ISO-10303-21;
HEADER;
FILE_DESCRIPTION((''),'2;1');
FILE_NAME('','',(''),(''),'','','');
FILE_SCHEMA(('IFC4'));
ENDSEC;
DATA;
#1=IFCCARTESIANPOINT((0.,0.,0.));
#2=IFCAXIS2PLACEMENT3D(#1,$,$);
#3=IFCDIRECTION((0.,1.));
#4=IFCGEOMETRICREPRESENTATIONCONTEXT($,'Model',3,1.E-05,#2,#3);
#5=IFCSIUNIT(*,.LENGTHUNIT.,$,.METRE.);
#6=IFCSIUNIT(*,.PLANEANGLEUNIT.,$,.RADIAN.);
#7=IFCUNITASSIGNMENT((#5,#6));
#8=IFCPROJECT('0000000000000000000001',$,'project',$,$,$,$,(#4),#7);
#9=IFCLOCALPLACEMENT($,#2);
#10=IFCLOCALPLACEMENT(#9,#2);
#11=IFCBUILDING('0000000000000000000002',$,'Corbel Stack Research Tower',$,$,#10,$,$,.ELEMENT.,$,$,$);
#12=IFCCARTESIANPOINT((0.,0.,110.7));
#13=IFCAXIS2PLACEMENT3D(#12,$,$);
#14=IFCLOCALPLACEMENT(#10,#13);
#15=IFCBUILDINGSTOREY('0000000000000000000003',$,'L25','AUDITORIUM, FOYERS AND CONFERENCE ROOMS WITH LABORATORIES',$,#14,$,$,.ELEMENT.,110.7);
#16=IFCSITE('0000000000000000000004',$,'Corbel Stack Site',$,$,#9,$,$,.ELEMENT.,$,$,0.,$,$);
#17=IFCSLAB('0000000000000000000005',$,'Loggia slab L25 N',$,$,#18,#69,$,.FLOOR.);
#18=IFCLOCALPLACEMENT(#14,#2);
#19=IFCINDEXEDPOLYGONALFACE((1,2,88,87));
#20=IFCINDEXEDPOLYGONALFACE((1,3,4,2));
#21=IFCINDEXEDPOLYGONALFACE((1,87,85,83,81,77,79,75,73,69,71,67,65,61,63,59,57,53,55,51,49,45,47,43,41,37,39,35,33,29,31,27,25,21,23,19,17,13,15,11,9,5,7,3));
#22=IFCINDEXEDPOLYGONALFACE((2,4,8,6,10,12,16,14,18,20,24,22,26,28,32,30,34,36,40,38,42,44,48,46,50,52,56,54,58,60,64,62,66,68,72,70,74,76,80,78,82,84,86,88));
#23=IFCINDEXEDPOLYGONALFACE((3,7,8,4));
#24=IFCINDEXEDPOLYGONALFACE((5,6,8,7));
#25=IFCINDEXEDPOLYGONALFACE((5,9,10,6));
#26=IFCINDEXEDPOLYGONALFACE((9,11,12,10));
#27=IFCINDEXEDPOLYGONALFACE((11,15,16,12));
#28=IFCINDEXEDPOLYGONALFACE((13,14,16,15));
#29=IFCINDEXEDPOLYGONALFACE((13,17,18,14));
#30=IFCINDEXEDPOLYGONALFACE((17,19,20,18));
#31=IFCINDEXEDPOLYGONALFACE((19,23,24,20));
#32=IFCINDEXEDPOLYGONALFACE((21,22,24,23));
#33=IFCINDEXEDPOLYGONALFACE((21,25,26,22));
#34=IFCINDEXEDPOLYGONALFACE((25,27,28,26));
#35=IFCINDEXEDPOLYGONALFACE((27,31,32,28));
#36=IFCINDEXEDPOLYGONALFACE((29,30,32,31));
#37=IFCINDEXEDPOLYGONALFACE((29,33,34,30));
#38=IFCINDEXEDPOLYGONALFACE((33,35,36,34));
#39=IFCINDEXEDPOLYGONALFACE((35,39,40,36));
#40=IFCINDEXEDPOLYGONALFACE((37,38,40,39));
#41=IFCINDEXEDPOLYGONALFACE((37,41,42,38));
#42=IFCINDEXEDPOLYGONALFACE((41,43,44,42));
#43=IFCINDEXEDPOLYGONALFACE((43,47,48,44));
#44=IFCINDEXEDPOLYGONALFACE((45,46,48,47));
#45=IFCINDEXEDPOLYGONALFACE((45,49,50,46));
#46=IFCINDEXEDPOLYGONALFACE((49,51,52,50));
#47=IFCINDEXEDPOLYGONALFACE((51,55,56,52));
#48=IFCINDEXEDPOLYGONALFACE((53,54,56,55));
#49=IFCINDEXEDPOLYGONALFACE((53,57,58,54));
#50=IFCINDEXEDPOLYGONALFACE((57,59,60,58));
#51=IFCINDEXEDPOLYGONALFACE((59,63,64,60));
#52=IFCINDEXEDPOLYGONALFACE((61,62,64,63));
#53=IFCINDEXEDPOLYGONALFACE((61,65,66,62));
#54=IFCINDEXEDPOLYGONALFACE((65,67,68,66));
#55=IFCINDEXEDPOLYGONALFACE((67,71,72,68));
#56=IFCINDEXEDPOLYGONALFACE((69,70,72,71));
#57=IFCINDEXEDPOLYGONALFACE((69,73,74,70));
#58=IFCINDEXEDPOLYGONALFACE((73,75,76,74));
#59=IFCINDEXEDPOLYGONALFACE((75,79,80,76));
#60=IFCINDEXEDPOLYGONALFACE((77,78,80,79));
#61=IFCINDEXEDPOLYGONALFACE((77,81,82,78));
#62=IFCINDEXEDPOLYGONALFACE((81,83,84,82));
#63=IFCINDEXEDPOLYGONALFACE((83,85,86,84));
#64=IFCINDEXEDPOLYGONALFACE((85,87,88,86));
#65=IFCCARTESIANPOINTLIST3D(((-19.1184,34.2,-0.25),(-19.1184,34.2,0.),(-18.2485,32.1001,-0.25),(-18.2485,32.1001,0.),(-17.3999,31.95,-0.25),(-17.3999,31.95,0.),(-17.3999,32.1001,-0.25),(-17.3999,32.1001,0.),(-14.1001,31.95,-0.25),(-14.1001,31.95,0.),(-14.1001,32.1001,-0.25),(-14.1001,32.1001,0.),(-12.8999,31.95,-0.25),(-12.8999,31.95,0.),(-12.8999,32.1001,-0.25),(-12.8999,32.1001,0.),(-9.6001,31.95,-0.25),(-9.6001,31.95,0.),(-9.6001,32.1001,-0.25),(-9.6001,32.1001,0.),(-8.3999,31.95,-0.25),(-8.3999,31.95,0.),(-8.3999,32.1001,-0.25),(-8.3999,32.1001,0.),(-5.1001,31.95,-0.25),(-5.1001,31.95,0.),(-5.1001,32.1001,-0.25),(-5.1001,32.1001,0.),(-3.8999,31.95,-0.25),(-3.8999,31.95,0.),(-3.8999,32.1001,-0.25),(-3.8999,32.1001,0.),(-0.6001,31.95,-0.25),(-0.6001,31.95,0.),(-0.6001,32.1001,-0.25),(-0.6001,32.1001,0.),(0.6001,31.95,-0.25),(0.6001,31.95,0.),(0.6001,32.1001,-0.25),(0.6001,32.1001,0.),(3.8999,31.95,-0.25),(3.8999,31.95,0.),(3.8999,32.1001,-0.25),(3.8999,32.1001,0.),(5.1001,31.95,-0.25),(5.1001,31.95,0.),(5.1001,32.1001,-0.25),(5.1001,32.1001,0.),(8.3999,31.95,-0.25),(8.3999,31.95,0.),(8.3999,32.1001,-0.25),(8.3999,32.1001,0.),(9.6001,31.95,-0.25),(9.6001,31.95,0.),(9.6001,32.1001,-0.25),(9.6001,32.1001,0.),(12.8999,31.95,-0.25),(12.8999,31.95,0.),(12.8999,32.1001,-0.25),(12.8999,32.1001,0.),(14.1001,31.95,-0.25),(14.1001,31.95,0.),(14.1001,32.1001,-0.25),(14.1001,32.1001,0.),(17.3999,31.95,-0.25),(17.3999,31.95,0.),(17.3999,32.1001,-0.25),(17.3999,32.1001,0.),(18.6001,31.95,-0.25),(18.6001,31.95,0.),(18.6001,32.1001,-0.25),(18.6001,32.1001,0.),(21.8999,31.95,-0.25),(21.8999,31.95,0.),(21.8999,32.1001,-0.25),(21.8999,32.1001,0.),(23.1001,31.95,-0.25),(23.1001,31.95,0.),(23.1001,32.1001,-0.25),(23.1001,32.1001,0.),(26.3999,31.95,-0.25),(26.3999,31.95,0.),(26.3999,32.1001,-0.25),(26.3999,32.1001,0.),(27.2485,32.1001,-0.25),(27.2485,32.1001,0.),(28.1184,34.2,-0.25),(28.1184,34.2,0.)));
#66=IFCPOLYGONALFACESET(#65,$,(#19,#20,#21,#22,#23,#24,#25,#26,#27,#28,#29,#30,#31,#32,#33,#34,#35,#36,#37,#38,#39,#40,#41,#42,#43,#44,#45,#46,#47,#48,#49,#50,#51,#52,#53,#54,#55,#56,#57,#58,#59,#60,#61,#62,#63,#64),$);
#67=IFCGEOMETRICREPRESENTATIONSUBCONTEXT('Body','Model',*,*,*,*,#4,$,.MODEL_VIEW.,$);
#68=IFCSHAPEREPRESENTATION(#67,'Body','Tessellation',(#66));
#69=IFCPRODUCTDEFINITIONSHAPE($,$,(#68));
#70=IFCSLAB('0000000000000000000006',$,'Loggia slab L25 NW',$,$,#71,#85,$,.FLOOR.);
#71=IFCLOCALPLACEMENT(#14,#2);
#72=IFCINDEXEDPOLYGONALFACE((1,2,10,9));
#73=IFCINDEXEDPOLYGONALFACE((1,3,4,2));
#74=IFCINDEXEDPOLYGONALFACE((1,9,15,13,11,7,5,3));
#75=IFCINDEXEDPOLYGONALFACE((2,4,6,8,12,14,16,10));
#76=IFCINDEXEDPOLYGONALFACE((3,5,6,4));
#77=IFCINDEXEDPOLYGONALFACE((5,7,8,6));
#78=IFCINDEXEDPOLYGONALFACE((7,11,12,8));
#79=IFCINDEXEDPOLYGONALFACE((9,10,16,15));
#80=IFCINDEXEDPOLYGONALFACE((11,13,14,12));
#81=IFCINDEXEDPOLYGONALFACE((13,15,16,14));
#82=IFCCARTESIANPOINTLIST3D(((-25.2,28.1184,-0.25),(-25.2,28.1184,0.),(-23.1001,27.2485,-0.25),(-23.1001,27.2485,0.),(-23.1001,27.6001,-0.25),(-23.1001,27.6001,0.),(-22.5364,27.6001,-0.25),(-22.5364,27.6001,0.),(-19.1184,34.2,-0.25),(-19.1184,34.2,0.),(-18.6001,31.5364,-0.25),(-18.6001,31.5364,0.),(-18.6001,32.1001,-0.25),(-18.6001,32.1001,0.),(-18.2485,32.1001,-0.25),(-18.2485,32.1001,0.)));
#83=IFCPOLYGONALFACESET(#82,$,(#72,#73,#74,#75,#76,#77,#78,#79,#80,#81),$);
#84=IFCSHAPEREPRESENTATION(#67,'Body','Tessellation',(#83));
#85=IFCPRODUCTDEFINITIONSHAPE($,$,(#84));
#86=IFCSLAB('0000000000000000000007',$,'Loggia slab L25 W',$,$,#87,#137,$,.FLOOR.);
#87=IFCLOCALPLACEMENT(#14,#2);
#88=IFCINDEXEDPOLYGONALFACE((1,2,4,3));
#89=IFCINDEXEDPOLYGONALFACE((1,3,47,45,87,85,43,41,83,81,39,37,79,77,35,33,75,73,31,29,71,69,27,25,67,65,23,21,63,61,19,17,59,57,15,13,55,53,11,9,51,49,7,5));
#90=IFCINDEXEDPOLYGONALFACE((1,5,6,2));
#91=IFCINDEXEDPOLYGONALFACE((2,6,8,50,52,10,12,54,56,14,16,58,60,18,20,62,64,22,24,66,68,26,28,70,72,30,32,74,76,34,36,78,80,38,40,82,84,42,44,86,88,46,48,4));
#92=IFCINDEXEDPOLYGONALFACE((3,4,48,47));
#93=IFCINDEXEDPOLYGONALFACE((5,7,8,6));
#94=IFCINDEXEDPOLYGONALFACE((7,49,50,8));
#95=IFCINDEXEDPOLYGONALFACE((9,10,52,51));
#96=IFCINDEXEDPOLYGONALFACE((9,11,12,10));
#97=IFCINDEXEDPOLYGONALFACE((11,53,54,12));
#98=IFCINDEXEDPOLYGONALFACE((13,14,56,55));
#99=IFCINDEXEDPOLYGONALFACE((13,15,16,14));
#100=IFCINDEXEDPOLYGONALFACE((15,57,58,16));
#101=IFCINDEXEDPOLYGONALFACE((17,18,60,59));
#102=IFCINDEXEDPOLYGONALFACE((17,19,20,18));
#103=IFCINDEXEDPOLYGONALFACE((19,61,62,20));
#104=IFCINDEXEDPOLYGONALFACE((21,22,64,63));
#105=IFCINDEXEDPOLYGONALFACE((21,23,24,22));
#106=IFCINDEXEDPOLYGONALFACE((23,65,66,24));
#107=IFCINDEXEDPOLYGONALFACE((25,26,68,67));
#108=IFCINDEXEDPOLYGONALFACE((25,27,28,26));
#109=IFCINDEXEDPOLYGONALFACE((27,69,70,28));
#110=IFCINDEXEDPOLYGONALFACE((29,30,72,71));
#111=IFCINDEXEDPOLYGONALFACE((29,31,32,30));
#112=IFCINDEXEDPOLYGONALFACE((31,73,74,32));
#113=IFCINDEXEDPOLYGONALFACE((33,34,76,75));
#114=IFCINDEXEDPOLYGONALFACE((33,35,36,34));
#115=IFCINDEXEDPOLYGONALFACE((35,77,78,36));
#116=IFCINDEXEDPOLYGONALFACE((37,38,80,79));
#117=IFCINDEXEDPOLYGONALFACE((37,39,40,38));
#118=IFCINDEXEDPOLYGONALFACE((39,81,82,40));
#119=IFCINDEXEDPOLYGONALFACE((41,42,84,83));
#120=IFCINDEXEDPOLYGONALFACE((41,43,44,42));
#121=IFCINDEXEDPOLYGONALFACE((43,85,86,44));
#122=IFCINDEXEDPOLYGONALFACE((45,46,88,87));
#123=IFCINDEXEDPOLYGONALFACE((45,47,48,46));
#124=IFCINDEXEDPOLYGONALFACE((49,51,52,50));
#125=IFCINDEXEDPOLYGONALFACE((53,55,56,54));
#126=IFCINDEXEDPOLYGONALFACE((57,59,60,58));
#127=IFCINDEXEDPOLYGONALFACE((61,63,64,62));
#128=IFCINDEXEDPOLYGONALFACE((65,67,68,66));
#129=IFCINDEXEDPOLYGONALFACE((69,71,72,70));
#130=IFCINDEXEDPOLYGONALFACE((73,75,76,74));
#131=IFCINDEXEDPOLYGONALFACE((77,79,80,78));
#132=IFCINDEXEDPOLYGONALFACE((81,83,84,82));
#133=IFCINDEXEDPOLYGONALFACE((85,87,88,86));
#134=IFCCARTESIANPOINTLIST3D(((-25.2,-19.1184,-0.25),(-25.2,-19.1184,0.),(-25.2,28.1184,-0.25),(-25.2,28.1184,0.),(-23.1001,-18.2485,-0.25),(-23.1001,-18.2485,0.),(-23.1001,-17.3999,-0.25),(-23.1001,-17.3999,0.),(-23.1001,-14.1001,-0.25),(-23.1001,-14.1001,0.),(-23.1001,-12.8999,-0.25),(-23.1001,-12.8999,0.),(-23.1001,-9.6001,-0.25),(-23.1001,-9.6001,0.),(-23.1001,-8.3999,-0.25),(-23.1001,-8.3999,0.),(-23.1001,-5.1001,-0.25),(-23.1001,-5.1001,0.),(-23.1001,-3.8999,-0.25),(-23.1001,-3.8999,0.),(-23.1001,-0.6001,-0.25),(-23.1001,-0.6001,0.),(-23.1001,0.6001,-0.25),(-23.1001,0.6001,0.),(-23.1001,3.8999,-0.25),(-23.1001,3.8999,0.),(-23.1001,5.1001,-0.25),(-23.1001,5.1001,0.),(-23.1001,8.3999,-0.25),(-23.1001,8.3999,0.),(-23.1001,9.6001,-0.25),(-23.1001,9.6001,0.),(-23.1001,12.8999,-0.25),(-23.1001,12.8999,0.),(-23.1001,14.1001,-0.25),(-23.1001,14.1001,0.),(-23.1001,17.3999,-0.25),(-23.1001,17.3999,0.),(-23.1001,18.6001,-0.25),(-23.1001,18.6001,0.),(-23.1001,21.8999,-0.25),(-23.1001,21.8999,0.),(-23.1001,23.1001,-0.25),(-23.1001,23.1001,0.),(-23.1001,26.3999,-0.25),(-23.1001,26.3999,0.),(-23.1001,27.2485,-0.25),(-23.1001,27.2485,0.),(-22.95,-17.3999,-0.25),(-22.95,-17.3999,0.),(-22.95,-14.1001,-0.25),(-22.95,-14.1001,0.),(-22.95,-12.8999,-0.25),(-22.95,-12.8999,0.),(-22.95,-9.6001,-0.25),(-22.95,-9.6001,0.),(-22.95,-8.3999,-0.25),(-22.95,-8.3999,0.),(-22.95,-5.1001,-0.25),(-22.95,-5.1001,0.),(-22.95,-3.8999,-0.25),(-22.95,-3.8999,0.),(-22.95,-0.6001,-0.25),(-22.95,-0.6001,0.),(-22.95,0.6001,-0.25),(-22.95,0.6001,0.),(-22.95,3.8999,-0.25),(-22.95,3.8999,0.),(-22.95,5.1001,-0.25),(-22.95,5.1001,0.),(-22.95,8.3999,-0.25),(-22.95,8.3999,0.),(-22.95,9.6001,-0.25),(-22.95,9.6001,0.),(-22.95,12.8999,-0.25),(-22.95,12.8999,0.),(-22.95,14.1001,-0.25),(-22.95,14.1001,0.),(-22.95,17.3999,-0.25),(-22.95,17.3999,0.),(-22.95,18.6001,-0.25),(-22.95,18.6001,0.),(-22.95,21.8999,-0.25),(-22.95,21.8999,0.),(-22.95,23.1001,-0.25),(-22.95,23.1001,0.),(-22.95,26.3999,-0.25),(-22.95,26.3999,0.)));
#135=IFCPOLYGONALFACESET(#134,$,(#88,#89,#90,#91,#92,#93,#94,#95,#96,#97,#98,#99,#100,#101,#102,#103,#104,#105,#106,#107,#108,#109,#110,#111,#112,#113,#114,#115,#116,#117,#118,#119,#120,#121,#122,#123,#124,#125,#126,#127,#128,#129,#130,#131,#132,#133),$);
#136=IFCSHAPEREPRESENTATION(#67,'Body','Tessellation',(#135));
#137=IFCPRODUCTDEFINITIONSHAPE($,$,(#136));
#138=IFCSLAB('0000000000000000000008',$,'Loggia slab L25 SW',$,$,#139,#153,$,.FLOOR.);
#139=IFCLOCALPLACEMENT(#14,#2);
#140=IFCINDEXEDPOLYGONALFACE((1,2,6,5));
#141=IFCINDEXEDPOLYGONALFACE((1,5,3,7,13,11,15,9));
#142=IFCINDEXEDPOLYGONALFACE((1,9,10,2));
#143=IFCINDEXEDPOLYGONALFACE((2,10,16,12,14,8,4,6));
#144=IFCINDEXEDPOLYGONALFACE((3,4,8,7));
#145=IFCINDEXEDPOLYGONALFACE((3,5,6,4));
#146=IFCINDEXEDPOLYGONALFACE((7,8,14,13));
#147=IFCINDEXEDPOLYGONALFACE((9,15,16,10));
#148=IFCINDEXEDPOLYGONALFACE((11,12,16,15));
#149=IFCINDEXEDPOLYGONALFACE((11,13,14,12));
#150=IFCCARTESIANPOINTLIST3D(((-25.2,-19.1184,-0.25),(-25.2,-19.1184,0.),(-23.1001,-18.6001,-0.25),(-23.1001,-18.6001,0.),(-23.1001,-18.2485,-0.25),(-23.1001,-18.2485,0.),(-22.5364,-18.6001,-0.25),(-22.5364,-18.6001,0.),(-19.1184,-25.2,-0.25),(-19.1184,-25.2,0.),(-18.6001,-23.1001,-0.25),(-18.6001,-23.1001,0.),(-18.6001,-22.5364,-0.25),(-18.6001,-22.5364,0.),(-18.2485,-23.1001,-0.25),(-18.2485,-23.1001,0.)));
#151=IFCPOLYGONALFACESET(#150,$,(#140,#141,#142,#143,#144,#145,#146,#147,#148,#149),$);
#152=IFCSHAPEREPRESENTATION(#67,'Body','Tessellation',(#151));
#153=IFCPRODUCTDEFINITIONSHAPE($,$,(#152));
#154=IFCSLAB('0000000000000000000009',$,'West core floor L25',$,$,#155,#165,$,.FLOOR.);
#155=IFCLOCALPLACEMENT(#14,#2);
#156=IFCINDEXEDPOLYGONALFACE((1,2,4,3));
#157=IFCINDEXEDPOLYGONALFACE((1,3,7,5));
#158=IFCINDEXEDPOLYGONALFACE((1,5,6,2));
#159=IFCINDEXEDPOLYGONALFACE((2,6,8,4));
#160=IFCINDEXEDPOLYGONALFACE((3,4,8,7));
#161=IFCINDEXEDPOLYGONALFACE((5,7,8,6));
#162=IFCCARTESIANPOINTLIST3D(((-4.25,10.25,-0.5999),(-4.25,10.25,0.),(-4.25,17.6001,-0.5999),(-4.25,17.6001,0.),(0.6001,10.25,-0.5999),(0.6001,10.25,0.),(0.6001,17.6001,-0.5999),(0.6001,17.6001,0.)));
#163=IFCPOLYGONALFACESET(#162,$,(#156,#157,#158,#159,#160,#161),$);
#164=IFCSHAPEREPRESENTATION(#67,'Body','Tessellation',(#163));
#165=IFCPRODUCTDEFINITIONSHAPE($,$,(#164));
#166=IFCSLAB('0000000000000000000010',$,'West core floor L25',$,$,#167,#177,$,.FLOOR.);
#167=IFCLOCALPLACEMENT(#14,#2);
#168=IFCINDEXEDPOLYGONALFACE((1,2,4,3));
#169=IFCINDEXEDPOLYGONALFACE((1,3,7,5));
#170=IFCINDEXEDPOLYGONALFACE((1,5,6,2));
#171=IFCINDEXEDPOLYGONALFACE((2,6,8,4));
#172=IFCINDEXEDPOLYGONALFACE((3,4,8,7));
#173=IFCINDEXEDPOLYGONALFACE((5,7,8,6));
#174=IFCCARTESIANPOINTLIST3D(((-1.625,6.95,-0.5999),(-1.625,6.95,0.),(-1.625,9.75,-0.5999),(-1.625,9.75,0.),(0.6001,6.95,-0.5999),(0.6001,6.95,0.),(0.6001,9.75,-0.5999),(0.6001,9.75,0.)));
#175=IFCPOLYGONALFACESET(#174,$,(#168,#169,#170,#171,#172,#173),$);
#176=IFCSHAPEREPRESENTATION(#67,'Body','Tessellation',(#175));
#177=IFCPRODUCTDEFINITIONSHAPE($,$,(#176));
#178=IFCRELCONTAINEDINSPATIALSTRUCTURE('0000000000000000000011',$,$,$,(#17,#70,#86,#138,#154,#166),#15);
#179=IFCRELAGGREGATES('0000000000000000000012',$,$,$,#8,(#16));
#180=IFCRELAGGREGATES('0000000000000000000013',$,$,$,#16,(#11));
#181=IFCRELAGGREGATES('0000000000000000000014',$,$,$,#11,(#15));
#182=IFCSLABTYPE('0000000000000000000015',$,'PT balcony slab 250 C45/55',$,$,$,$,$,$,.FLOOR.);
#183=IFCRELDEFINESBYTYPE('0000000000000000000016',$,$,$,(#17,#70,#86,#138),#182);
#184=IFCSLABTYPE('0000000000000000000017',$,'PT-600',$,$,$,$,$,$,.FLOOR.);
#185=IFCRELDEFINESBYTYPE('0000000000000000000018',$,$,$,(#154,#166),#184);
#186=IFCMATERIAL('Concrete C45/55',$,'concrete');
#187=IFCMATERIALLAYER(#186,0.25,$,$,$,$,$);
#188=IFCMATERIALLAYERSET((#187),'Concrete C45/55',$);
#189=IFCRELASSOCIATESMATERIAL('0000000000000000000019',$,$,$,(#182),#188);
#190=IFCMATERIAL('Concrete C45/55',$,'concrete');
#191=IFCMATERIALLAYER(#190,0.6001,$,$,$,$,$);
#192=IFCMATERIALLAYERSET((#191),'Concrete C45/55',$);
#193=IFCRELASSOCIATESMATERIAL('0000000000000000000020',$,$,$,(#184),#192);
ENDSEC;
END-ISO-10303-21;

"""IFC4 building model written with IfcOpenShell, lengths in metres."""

from ifc_helpers import new_model, si_unit, direction, frame, origin, place, context, subcontext, project, spatial, polyline, outline, extrude, material, layer, layer_set, type_object, element, save


model = new_model("IFC4")

# Units and contexts
model_context = context("Model", 3, precision=1e-05, world=origin(), true_north=direction((0.0, 1.0)))
body_context = subcontext(model_context, "Body", "Model", "MODEL_VIEW")
ifc_project = project(units=[si_unit("LENGTHUNIT", "METRE"), si_unit("PLANEANGLEUNIT", "RADIAN")], contexts=[model_context])

# Site, building, storey
site_placement = place(None, origin())
site = spatial("IfcSite", under=ifc_project, at=site_placement, Name="Corbel Stack Site", CompositionType="ELEMENT", RefElevation=0.0)
building_placement = place(site_placement, origin())
building = spatial("IfcBuilding", under=site, at=building_placement, Name="Corbel Stack Research Tower", CompositionType="ELEMENT")
storey_placement = place(building_placement, frame((0.0, 0.0, 110.7)))
storey = spatial("IfcBuildingStorey", under=building, at=storey_placement, Name="L25", Description="AUDITORIUM, FOYERS AND CONFERENCE ROOMS WITH LABORATORIES", CompositionType="ELEMENT", Elevation=110.7)

# Slabs
ifc_material_1 = material(Name="Concrete C45/55", Category="concrete")
ifc_layer_1 = layer(ifc_material_1, 0.25)
ifc_layer_set_1 = layer_set([ifc_layer_1], Name="Concrete C45/55")
slab_type_1 = type_object("IfcSlabType", Name="PT balcony slab 250 C45/55", PredefinedType="FLOOR", material=ifc_layer_set_1)
slab_1_placement = place(storey_placement, frame((0.0, 0.0, -0.25)))
element("IfcSlab", 1, at=slab_1_placement, inside=storey, type_object=slab_type_1, Name="Loggia slab L25 N", PredefinedType="FLOOR", context=body_context, shape_type="SweptSolid", body=[
    extrude(outline(polyline([(-18.2485, 32.1001), (-17.3999, 32.1001), (-17.3999, 31.95), (-14.1001, 31.95), (-14.1001, 32.1001), (-12.8999, 32.1001), (-12.8999, 31.95), (-9.6001, 31.95), (-9.6001, 32.1001), (-8.3999, 32.1001), (-8.3999, 31.95), (-5.1001, 31.95), (-5.1001, 32.1001), (-3.8999, 32.1001), (-3.8999, 31.95), (-0.6001, 31.95), (-0.6001, 32.1001), (0.6001, 32.1001), (0.6001, 31.95), (3.8999, 31.95), (3.8999, 32.1001), (5.1001, 32.1001), (5.1001, 31.95), (8.3999, 31.95), (8.3999, 32.1001), (9.6001, 32.1001), (9.6001, 31.95), (12.8999, 31.95), (12.8999, 32.1001), (14.1001, 32.1001), (14.1001, 31.95), (17.3999, 31.95), (17.3999, 32.1001), (18.6001, 32.1001), (18.6001, 31.95), (21.8999, 31.95), (21.8999, 32.1001), (23.1001, 32.1001), (23.1001, 31.95), (26.3999, 31.95), (26.3999, 32.1001), (27.2485, 32.1001), (28.1184, 34.2), (-19.1184, 34.2), (-18.2485, 32.1001)])), origin(), (0.0, 0.0, 1.0), 0.25),
])
slab_2_placement = place(storey_placement, frame((0.0, 0.0, -0.25)))
element("IfcSlab", 2, at=slab_2_placement, inside=storey, type_object=slab_type_1, Name="Loggia slab L25 NW", PredefinedType="FLOOR", context=body_context, shape_type="SweptSolid", body=[
    extrude(outline(polyline([(-23.1001, 27.2485), (-23.1001, 27.6001), (-22.5364, 27.6001), (-18.6001, 31.5364), (-18.6001, 32.1001), (-18.2485, 32.1001), (-19.1184, 34.2), (-25.2, 28.1184), (-23.1001, 27.2485)])), origin(), (0.0, 0.0, 1.0), 0.25),
])
slab_3_placement = place(storey_placement, frame((0.0, 0.0, -0.25)))
element("IfcSlab", 3, at=slab_3_placement, inside=storey, type_object=slab_type_1, Name="Loggia slab L25 W", PredefinedType="FLOOR", context=body_context, shape_type="SweptSolid", body=[
    extrude(outline(polyline([(-23.1001, -18.2485), (-23.1001, -17.3999), (-22.95, -17.3999), (-22.95, -14.1001), (-23.1001, -14.1001), (-23.1001, -12.8999), (-22.95, -12.8999), (-22.95, -9.6001), (-23.1001, -9.6001), (-23.1001, -8.3999), (-22.95, -8.3999), (-22.95, -5.1001), (-23.1001, -5.1001), (-23.1001, -3.8999), (-22.95, -3.8999), (-22.95, -0.6001), (-23.1001, -0.6001), (-23.1001, 0.6001), (-22.95, 0.6001), (-22.95, 3.8999), (-23.1001, 3.8999), (-23.1001, 5.1001), (-22.95, 5.1001), (-22.95, 8.3999), (-23.1001, 8.3999), (-23.1001, 9.6001), (-22.95, 9.6001), (-22.95, 12.8999), (-23.1001, 12.8999), (-23.1001, 14.1001), (-22.95, 14.1001), (-22.95, 17.3999), (-23.1001, 17.3999), (-23.1001, 18.6001), (-22.95, 18.6001), (-22.95, 21.8999), (-23.1001, 21.8999), (-23.1001, 23.1001), (-22.95, 23.1001), (-22.95, 26.3999), (-23.1001, 26.3999), (-23.1001, 27.2485), (-25.2, 28.1184), (-25.2, -19.1184), (-23.1001, -18.2485)])), origin(), (0.0, 0.0, 1.0), 0.25),
])
slab_4_placement = place(storey_placement, frame((0.0, 0.0, -0.25)))
element("IfcSlab", 4, at=slab_4_placement, inside=storey, type_object=slab_type_1, Name="Loggia slab L25 SW", PredefinedType="FLOOR", context=body_context, shape_type="SweptSolid", body=[
    extrude(outline(polyline([(-18.2485, -23.1001), (-18.6001, -23.1001), (-18.6001, -22.5364), (-22.5364, -18.6001), (-23.1001, -18.6001), (-23.1001, -18.2485), (-25.2, -19.1184), (-19.1184, -25.2), (-18.2485, -23.1001)])), origin(), (0.0, 0.0, 1.0), 0.25),
])
ifc_material_2 = material(Name="Concrete C45/55", Category="concrete")
ifc_layer_2 = layer(ifc_material_2, 0.6001)
ifc_layer_set_2 = layer_set([ifc_layer_2], Name="Concrete C45/55")
slab_type_2 = type_object("IfcSlabType", Name="PT-600", PredefinedType="FLOOR", material=ifc_layer_set_2)
slab_5_placement = place(storey_placement, frame((0.0, 0.0, -0.5999)))
element("IfcSlab", 5, at=slab_5_placement, inside=storey, type_object=slab_type_2, Name="West core floor L25", PredefinedType="FLOOR", context=body_context, shape_type="SweptSolid", body=[
    extrude(outline(polyline([(0.6001, 17.6001), (-4.25, 17.6001), (-4.25, 10.25), (0.6001, 10.25), (0.6001, 17.6001)])), origin(), (0.0, 0.0, 1.0), 0.5999),
])
slab_6_placement = place(storey_placement, frame((0.0, 0.0, -0.5999)))
element("IfcSlab", 6, at=slab_6_placement, inside=storey, type_object=slab_type_2, Name="West core floor L25", PredefinedType="FLOOR", context=body_context, shape_type="SweptSolid", body=[
    extrude(outline(polyline([(0.6001, 9.75), (-1.625, 9.75), (-1.625, 6.95), (0.6001, 6.95), (0.6001, 9.75)])), origin(), (0.0, 0.0, 1.0), 0.5999),
])

save(model, "model.ifc")
